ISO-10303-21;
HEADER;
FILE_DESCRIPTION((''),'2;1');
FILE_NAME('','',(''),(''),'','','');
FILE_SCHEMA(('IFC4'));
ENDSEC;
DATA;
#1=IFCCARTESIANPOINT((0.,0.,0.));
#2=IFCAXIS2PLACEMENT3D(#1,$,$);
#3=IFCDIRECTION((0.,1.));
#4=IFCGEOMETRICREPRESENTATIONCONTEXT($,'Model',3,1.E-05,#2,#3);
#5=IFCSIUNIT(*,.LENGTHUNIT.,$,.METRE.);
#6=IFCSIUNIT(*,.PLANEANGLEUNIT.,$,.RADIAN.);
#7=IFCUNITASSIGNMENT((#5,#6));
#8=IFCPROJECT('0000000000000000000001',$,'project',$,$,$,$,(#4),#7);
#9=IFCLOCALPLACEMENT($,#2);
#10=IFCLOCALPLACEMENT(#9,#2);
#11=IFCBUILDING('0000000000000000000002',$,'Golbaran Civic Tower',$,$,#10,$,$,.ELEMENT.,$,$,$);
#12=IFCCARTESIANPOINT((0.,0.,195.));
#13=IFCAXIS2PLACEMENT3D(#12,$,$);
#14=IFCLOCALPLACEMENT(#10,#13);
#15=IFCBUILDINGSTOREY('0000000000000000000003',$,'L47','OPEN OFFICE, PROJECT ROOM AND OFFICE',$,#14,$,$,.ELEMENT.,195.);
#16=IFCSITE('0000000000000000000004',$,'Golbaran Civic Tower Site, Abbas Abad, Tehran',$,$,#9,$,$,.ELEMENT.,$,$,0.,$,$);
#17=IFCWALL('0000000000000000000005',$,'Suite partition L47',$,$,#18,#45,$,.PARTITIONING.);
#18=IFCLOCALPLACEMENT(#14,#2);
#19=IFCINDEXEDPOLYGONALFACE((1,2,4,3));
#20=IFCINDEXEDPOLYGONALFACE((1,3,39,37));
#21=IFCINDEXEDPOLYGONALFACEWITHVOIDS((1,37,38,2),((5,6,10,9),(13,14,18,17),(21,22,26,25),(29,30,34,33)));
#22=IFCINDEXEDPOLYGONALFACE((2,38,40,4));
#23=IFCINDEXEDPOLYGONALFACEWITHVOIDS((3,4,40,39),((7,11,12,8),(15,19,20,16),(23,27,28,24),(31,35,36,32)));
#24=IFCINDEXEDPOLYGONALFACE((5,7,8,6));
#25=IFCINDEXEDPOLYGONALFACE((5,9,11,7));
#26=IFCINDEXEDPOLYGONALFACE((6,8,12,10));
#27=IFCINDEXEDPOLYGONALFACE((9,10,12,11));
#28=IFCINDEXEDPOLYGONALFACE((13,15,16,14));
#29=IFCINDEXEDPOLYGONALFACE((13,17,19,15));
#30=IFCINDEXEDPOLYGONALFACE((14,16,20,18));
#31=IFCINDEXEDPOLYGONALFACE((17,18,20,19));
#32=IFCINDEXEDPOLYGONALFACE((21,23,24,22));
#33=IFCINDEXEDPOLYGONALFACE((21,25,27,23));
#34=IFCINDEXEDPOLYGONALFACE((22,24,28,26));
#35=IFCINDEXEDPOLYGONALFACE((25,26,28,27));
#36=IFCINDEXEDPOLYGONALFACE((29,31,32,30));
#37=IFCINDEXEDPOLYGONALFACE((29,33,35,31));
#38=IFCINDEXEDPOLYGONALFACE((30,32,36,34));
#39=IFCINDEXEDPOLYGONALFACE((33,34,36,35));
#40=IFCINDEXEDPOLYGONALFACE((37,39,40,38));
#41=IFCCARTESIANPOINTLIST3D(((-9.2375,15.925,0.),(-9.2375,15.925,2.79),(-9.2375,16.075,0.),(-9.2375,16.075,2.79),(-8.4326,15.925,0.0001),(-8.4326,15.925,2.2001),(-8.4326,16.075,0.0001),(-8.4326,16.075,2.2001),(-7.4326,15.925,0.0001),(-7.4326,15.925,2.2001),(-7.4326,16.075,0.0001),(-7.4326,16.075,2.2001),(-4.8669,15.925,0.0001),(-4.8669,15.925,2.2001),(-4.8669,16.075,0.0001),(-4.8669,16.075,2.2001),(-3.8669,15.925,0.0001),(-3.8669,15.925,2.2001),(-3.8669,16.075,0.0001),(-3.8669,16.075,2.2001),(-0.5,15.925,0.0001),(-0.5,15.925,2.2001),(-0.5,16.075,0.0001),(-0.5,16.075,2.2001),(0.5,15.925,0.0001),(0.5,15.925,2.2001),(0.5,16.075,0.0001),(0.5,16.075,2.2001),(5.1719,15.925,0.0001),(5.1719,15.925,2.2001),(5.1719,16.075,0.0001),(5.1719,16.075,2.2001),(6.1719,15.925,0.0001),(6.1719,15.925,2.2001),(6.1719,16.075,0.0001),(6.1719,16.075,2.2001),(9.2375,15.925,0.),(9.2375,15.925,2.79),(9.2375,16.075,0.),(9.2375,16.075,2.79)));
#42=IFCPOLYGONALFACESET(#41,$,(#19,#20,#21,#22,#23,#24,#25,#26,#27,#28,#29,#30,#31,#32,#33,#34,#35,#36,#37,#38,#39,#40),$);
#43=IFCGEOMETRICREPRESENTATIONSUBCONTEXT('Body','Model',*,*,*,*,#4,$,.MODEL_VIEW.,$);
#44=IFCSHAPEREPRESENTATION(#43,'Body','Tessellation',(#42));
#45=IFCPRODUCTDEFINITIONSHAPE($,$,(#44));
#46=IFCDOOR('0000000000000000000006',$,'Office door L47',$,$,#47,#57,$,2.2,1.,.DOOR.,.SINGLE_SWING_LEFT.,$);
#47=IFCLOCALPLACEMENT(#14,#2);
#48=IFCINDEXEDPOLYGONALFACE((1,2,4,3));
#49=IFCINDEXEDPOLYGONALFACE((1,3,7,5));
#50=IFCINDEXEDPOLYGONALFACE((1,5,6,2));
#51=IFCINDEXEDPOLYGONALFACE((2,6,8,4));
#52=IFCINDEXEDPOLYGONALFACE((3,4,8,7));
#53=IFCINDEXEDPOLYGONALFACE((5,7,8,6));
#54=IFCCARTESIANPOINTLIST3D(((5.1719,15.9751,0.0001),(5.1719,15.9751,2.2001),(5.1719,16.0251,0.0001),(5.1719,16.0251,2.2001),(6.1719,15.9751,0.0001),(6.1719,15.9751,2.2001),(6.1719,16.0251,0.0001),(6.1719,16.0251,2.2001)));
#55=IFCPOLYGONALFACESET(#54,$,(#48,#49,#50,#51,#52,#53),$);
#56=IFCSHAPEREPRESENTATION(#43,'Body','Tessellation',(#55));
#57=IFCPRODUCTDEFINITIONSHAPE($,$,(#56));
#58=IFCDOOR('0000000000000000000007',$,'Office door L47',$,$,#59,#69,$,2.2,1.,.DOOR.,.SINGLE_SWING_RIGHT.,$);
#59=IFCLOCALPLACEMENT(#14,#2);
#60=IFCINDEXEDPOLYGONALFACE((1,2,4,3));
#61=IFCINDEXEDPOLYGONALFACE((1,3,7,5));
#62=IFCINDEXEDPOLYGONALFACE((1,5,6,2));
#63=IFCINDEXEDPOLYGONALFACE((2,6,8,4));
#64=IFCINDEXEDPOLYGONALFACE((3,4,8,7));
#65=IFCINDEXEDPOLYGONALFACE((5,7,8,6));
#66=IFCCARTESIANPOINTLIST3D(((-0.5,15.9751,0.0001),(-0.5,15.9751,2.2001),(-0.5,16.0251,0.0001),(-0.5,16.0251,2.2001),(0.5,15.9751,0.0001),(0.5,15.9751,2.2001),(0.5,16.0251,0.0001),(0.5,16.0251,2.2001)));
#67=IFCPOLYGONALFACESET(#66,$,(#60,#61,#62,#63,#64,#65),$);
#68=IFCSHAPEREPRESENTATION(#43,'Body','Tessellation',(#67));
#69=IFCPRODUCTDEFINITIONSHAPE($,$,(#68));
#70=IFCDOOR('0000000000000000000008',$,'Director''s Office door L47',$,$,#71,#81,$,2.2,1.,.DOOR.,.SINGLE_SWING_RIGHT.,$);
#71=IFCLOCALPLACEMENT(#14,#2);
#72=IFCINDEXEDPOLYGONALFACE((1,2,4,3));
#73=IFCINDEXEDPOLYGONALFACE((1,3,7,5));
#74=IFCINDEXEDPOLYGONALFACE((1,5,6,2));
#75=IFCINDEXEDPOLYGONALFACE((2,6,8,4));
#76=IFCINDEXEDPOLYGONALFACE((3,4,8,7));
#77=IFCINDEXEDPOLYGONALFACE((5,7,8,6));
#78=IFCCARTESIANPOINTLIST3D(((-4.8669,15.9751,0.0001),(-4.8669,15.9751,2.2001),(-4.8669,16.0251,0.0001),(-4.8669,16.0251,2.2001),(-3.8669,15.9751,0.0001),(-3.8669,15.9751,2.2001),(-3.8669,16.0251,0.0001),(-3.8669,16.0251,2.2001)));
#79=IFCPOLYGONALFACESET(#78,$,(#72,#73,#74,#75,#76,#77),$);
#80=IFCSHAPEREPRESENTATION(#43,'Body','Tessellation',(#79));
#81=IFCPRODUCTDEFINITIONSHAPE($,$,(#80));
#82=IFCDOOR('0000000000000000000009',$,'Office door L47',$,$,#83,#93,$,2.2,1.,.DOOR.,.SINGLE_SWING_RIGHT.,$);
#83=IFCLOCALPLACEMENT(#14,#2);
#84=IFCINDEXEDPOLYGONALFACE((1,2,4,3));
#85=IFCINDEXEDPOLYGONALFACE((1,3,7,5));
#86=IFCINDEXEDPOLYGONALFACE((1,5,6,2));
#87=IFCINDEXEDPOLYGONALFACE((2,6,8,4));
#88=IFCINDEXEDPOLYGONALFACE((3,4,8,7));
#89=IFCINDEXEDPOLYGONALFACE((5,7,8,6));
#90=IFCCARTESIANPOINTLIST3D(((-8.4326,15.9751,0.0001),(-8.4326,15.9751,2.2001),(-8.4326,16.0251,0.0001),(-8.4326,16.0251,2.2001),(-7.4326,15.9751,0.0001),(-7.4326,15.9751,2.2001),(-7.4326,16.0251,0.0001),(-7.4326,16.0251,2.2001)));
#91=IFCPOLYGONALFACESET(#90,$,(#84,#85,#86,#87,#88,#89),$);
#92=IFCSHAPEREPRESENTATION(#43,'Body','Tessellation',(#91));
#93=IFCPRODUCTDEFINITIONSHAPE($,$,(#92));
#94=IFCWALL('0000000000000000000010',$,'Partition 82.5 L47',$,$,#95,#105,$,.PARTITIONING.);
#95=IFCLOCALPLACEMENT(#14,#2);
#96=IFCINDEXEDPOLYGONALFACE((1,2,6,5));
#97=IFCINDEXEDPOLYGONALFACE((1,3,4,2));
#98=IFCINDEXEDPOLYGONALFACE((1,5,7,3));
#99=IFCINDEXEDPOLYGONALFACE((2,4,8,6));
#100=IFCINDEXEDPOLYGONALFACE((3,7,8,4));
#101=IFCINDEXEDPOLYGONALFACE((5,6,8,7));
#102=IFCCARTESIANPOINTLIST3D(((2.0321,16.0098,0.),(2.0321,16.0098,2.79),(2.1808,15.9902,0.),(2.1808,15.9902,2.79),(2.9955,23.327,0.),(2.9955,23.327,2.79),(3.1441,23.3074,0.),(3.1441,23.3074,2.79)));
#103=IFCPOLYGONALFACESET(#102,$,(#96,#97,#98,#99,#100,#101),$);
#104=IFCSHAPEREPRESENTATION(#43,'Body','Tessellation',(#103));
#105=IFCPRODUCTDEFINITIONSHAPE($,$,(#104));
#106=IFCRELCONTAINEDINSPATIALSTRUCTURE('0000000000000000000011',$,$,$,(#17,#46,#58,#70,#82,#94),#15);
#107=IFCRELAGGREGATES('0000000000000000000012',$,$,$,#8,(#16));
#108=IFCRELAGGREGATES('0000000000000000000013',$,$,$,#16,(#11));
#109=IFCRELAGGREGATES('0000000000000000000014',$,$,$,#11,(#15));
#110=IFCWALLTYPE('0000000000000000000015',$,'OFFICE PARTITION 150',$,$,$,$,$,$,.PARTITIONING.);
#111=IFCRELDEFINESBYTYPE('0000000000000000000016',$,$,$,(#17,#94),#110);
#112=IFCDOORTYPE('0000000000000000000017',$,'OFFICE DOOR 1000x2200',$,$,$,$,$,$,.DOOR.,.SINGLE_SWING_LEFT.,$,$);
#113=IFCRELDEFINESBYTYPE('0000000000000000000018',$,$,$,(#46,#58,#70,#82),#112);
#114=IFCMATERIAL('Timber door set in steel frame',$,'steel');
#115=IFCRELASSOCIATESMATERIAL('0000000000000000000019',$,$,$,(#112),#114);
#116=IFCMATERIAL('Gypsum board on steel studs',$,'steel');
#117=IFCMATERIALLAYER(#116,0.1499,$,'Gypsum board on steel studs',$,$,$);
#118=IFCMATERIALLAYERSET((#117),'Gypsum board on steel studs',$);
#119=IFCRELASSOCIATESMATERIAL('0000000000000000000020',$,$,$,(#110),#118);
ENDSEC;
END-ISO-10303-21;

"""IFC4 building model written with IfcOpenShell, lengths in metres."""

from ifc_helpers import new_model, si_unit, direction, frame, frame_2d, origin, place, context, subcontext, project, spatial, rectangle, extrude, material, layer, layer_set, type_object, element, fill, save


model = new_model("IFC4")

# Units and contexts
model_context = context("Model", 3, precision=1e-05, world=origin(), true_north=direction((0.0, 1.0)))
body_context = subcontext(model_context, "Body", "Model", "MODEL_VIEW")
ifc_project = project(units=[si_unit("LENGTHUNIT", "METRE"), si_unit("PLANEANGLEUNIT", "RADIAN")], contexts=[model_context])

# Site, building, storey
site_placement = place(None, origin())
site = spatial("IfcSite", under=ifc_project, at=site_placement, Name="Golbaran Civic Tower Site, Abbas Abad, Tehran", CompositionType="ELEMENT", RefElevation=0.0)
building_placement = place(site_placement, origin())
building = spatial("IfcBuilding", under=site, at=building_placement, Name="Golbaran Civic Tower", CompositionType="ELEMENT")
storey_placement = place(building_placement, frame((0.0, 0.0, 195.0)))
storey = spatial("IfcBuildingStorey", under=building, at=storey_placement, Name="L47", Description="OPEN OFFICE, PROJECT ROOM AND OFFICE", CompositionType="ELEMENT", Elevation=195.0)

# Shared definitions
ifc_material_1 = material(Name="Timber door set in steel frame", Category="steel")

# Shared definitions
door_type_1 = type_object("IfcDoorType", Name="OFFICE DOOR 1000x2200", OperationType="SINGLE_SWING_LEFT", PredefinedType="DOOR", material=ifc_material_1)

# Shared definitions
ifc_material_2 = material(Name="Gypsum board on steel studs", Category="steel")
ifc_layer_1 = layer(ifc_material_2, 0.1499, Name="Gypsum board on steel studs")
ifc_layer_set_1 = layer_set([ifc_layer_1], Name="Gypsum board on steel studs")
wall_type_1 = type_object("IfcWallType", Name="OFFICE PARTITION 150", PredefinedType="PARTITIONING", material=ifc_layer_set_1)

# Wall, openings, doors
wall_1_placement = place(storey_placement, frame((9.2375, 16.0, 0.0), z_axis=(0.0, 0.0, 1.0), x_axis=(-1.0, 0.0, 0.0)))
wall_1 = element("IfcWall", 1, at=wall_1_placement, inside=storey, type_object=wall_type_1, Name="Suite partition L47", PredefinedType="PARTITIONING", context=body_context, shape_type="SweptSolid", body=[
    extrude(rectangle(XDim=18.4751, YDim=0.1499, at=frame_2d((9.2375, 0.0))), origin(), (0.0, 0.0, 1.0), 2.79),
])
opening_1_placement = place(wall_1_placement, frame((3.0657, 0.0, 0.0)))
opening_1 = element("IfcOpeningElement", 2, at=opening_1_placement, cuts=wall_1, PredefinedType="OPENING", context=body_context, shape_type="SweptSolid", body=[
    extrude(rectangle(XDim=1.0, YDim=2.2, at=frame_2d((0.5, 1.1001))), frame((0.0, 0.085, 0.0), z_axis=(0.0, -1.0, 0.0), x_axis=(1.0, 0.0, 0.0)), (0.0, 0.0, 1.0), 0.1699),
])
opening_2_placement = place(wall_1_placement, frame((8.7375, 0.0, 0.0)))
opening_2 = element("IfcOpeningElement", 3, at=opening_2_placement, cuts=wall_1, PredefinedType="OPENING", context=body_context, shape_type="SweptSolid", body=[
    extrude(rectangle(XDim=1.0, YDim=2.2, at=frame_2d((0.5, 1.1001))), frame((0.0, 0.085, 0.0), z_axis=(0.0, -1.0, 0.0), x_axis=(1.0, 0.0, 0.0)), (0.0, 0.0, 1.0), 0.1699),
])
opening_3_placement = place(wall_1_placement, frame((13.1045, 0.0, 0.0)))
opening_3 = element("IfcOpeningElement", 4, at=opening_3_placement, cuts=wall_1, PredefinedType="OPENING", context=body_context, shape_type="SweptSolid", body=[
    extrude(rectangle(XDim=1.0, YDim=2.2, at=frame_2d((0.5, 1.1001))), frame((0.0, 0.085, 0.0), z_axis=(0.0, -1.0, 0.0), x_axis=(1.0, 0.0, 0.0)), (0.0, 0.0, 1.0), 0.1699),
])
opening_4_placement = place(wall_1_placement, frame((16.6702, 0.0, 0.0)))
opening_4 = element("IfcOpeningElement", 5, at=opening_4_placement, cuts=wall_1, PredefinedType="OPENING", context=body_context, shape_type="SweptSolid", body=[
    extrude(rectangle(XDim=1.0, YDim=2.2, at=frame_2d((0.5, 1.1001))), frame((0.0, 0.085, 0.0), z_axis=(0.0, -1.0, 0.0), x_axis=(1.0, 0.0, 0.0)), (0.0, 0.0, 1.0), 0.1699),
])
door_1_placement = place(opening_1_placement, origin())
door_1 = element("IfcDoor", 6, at=door_1_placement, inside=storey, type_object=door_type_1, Name="Office door L47", OperationType="SINGLE_SWING_LEFT", OverallHeight=2.2, OverallWidth=1.0, PredefinedType="DOOR", context=body_context, shape_type="SweptSolid", body=[
    extrude(rectangle(XDim=1.0, YDim=2.2, at=frame_2d((0.5, 1.1001))), frame((0.0, 0.0249, 0.0), z_axis=(0.0, -1.0, 0.0), x_axis=(1.0, 0.0, 0.0)), (0.0, 0.0, 1.0), 0.05),
])
fill(opening_1, door_1)
door_2_placement = place(opening_2_placement, origin())
door_2 = element("IfcDoor", 7, at=door_2_placement, inside=storey, type_object=door_type_1, Name="Office door L47", OperationType="SINGLE_SWING_RIGHT", OverallHeight=2.2, OverallWidth=1.0, PredefinedType="DOOR", context=body_context, shape_type="SweptSolid", body=[
    extrude(rectangle(XDim=1.0, YDim=2.2, at=frame_2d((0.5, 1.1001))), frame((0.0, 0.0249, 0.0), z_axis=(0.0, -1.0, 0.0), x_axis=(1.0, 0.0, 0.0)), (0.0, 0.0, 1.0), 0.05),
])
fill(opening_2, door_2)
door_3_placement = place(opening_3_placement, origin())
door_3 = element("IfcDoor", 8, at=door_3_placement, inside=storey, type_object=door_type_1, Name="Director's Office door L47", OperationType="SINGLE_SWING_RIGHT", OverallHeight=2.2, OverallWidth=1.0, PredefinedType="DOOR", context=body_context, shape_type="SweptSolid", body=[
    extrude(rectangle(XDim=1.0, YDim=2.2, at=frame_2d((0.5, 1.1001))), frame((0.0, 0.0249, 0.0), z_axis=(0.0, -1.0, 0.0), x_axis=(1.0, 0.0, 0.0)), (0.0, 0.0, 1.0), 0.05),
])
fill(opening_3, door_3)
door_4_placement = place(opening_4_placement, origin())
door_4 = element("IfcDoor", 9, at=door_4_placement, inside=storey, type_object=door_type_1, Name="Office door L47", OperationType="SINGLE_SWING_RIGHT", OverallHeight=2.2, OverallWidth=1.0, PredefinedType="DOOR", context=body_context, shape_type="SweptSolid", body=[
    extrude(rectangle(XDim=1.0, YDim=2.2, at=frame_2d((0.5, 1.1001))), frame((0.0, 0.0249, 0.0), z_axis=(0.0, -1.0, 0.0), x_axis=(1.0, 0.0, 0.0)), (0.0, 0.0, 1.0), 0.05),
])
fill(opening_4, door_4)

# Wall
wall_2_placement = place(storey_placement, frame((2.1064, 16.0, 0.0), z_axis=(0.0, 0.0, 1.0), x_axis=(0.130534, 0.991444, 0.0)))
element("IfcWall", 10, at=wall_2_placement, inside=storey, type_object=wall_type_1, Name="Partition 82.5 L47", PredefinedType="PARTITIONING", context=body_context, shape_type="SweptSolid", body=[
    extrude(rectangle(XDim=7.3804, YDim=0.1499, at=frame_2d((3.6902, 0.0))), origin(), (0.0, 0.0, 1.0), 2.79),
])

save(model, "model.ifc")
